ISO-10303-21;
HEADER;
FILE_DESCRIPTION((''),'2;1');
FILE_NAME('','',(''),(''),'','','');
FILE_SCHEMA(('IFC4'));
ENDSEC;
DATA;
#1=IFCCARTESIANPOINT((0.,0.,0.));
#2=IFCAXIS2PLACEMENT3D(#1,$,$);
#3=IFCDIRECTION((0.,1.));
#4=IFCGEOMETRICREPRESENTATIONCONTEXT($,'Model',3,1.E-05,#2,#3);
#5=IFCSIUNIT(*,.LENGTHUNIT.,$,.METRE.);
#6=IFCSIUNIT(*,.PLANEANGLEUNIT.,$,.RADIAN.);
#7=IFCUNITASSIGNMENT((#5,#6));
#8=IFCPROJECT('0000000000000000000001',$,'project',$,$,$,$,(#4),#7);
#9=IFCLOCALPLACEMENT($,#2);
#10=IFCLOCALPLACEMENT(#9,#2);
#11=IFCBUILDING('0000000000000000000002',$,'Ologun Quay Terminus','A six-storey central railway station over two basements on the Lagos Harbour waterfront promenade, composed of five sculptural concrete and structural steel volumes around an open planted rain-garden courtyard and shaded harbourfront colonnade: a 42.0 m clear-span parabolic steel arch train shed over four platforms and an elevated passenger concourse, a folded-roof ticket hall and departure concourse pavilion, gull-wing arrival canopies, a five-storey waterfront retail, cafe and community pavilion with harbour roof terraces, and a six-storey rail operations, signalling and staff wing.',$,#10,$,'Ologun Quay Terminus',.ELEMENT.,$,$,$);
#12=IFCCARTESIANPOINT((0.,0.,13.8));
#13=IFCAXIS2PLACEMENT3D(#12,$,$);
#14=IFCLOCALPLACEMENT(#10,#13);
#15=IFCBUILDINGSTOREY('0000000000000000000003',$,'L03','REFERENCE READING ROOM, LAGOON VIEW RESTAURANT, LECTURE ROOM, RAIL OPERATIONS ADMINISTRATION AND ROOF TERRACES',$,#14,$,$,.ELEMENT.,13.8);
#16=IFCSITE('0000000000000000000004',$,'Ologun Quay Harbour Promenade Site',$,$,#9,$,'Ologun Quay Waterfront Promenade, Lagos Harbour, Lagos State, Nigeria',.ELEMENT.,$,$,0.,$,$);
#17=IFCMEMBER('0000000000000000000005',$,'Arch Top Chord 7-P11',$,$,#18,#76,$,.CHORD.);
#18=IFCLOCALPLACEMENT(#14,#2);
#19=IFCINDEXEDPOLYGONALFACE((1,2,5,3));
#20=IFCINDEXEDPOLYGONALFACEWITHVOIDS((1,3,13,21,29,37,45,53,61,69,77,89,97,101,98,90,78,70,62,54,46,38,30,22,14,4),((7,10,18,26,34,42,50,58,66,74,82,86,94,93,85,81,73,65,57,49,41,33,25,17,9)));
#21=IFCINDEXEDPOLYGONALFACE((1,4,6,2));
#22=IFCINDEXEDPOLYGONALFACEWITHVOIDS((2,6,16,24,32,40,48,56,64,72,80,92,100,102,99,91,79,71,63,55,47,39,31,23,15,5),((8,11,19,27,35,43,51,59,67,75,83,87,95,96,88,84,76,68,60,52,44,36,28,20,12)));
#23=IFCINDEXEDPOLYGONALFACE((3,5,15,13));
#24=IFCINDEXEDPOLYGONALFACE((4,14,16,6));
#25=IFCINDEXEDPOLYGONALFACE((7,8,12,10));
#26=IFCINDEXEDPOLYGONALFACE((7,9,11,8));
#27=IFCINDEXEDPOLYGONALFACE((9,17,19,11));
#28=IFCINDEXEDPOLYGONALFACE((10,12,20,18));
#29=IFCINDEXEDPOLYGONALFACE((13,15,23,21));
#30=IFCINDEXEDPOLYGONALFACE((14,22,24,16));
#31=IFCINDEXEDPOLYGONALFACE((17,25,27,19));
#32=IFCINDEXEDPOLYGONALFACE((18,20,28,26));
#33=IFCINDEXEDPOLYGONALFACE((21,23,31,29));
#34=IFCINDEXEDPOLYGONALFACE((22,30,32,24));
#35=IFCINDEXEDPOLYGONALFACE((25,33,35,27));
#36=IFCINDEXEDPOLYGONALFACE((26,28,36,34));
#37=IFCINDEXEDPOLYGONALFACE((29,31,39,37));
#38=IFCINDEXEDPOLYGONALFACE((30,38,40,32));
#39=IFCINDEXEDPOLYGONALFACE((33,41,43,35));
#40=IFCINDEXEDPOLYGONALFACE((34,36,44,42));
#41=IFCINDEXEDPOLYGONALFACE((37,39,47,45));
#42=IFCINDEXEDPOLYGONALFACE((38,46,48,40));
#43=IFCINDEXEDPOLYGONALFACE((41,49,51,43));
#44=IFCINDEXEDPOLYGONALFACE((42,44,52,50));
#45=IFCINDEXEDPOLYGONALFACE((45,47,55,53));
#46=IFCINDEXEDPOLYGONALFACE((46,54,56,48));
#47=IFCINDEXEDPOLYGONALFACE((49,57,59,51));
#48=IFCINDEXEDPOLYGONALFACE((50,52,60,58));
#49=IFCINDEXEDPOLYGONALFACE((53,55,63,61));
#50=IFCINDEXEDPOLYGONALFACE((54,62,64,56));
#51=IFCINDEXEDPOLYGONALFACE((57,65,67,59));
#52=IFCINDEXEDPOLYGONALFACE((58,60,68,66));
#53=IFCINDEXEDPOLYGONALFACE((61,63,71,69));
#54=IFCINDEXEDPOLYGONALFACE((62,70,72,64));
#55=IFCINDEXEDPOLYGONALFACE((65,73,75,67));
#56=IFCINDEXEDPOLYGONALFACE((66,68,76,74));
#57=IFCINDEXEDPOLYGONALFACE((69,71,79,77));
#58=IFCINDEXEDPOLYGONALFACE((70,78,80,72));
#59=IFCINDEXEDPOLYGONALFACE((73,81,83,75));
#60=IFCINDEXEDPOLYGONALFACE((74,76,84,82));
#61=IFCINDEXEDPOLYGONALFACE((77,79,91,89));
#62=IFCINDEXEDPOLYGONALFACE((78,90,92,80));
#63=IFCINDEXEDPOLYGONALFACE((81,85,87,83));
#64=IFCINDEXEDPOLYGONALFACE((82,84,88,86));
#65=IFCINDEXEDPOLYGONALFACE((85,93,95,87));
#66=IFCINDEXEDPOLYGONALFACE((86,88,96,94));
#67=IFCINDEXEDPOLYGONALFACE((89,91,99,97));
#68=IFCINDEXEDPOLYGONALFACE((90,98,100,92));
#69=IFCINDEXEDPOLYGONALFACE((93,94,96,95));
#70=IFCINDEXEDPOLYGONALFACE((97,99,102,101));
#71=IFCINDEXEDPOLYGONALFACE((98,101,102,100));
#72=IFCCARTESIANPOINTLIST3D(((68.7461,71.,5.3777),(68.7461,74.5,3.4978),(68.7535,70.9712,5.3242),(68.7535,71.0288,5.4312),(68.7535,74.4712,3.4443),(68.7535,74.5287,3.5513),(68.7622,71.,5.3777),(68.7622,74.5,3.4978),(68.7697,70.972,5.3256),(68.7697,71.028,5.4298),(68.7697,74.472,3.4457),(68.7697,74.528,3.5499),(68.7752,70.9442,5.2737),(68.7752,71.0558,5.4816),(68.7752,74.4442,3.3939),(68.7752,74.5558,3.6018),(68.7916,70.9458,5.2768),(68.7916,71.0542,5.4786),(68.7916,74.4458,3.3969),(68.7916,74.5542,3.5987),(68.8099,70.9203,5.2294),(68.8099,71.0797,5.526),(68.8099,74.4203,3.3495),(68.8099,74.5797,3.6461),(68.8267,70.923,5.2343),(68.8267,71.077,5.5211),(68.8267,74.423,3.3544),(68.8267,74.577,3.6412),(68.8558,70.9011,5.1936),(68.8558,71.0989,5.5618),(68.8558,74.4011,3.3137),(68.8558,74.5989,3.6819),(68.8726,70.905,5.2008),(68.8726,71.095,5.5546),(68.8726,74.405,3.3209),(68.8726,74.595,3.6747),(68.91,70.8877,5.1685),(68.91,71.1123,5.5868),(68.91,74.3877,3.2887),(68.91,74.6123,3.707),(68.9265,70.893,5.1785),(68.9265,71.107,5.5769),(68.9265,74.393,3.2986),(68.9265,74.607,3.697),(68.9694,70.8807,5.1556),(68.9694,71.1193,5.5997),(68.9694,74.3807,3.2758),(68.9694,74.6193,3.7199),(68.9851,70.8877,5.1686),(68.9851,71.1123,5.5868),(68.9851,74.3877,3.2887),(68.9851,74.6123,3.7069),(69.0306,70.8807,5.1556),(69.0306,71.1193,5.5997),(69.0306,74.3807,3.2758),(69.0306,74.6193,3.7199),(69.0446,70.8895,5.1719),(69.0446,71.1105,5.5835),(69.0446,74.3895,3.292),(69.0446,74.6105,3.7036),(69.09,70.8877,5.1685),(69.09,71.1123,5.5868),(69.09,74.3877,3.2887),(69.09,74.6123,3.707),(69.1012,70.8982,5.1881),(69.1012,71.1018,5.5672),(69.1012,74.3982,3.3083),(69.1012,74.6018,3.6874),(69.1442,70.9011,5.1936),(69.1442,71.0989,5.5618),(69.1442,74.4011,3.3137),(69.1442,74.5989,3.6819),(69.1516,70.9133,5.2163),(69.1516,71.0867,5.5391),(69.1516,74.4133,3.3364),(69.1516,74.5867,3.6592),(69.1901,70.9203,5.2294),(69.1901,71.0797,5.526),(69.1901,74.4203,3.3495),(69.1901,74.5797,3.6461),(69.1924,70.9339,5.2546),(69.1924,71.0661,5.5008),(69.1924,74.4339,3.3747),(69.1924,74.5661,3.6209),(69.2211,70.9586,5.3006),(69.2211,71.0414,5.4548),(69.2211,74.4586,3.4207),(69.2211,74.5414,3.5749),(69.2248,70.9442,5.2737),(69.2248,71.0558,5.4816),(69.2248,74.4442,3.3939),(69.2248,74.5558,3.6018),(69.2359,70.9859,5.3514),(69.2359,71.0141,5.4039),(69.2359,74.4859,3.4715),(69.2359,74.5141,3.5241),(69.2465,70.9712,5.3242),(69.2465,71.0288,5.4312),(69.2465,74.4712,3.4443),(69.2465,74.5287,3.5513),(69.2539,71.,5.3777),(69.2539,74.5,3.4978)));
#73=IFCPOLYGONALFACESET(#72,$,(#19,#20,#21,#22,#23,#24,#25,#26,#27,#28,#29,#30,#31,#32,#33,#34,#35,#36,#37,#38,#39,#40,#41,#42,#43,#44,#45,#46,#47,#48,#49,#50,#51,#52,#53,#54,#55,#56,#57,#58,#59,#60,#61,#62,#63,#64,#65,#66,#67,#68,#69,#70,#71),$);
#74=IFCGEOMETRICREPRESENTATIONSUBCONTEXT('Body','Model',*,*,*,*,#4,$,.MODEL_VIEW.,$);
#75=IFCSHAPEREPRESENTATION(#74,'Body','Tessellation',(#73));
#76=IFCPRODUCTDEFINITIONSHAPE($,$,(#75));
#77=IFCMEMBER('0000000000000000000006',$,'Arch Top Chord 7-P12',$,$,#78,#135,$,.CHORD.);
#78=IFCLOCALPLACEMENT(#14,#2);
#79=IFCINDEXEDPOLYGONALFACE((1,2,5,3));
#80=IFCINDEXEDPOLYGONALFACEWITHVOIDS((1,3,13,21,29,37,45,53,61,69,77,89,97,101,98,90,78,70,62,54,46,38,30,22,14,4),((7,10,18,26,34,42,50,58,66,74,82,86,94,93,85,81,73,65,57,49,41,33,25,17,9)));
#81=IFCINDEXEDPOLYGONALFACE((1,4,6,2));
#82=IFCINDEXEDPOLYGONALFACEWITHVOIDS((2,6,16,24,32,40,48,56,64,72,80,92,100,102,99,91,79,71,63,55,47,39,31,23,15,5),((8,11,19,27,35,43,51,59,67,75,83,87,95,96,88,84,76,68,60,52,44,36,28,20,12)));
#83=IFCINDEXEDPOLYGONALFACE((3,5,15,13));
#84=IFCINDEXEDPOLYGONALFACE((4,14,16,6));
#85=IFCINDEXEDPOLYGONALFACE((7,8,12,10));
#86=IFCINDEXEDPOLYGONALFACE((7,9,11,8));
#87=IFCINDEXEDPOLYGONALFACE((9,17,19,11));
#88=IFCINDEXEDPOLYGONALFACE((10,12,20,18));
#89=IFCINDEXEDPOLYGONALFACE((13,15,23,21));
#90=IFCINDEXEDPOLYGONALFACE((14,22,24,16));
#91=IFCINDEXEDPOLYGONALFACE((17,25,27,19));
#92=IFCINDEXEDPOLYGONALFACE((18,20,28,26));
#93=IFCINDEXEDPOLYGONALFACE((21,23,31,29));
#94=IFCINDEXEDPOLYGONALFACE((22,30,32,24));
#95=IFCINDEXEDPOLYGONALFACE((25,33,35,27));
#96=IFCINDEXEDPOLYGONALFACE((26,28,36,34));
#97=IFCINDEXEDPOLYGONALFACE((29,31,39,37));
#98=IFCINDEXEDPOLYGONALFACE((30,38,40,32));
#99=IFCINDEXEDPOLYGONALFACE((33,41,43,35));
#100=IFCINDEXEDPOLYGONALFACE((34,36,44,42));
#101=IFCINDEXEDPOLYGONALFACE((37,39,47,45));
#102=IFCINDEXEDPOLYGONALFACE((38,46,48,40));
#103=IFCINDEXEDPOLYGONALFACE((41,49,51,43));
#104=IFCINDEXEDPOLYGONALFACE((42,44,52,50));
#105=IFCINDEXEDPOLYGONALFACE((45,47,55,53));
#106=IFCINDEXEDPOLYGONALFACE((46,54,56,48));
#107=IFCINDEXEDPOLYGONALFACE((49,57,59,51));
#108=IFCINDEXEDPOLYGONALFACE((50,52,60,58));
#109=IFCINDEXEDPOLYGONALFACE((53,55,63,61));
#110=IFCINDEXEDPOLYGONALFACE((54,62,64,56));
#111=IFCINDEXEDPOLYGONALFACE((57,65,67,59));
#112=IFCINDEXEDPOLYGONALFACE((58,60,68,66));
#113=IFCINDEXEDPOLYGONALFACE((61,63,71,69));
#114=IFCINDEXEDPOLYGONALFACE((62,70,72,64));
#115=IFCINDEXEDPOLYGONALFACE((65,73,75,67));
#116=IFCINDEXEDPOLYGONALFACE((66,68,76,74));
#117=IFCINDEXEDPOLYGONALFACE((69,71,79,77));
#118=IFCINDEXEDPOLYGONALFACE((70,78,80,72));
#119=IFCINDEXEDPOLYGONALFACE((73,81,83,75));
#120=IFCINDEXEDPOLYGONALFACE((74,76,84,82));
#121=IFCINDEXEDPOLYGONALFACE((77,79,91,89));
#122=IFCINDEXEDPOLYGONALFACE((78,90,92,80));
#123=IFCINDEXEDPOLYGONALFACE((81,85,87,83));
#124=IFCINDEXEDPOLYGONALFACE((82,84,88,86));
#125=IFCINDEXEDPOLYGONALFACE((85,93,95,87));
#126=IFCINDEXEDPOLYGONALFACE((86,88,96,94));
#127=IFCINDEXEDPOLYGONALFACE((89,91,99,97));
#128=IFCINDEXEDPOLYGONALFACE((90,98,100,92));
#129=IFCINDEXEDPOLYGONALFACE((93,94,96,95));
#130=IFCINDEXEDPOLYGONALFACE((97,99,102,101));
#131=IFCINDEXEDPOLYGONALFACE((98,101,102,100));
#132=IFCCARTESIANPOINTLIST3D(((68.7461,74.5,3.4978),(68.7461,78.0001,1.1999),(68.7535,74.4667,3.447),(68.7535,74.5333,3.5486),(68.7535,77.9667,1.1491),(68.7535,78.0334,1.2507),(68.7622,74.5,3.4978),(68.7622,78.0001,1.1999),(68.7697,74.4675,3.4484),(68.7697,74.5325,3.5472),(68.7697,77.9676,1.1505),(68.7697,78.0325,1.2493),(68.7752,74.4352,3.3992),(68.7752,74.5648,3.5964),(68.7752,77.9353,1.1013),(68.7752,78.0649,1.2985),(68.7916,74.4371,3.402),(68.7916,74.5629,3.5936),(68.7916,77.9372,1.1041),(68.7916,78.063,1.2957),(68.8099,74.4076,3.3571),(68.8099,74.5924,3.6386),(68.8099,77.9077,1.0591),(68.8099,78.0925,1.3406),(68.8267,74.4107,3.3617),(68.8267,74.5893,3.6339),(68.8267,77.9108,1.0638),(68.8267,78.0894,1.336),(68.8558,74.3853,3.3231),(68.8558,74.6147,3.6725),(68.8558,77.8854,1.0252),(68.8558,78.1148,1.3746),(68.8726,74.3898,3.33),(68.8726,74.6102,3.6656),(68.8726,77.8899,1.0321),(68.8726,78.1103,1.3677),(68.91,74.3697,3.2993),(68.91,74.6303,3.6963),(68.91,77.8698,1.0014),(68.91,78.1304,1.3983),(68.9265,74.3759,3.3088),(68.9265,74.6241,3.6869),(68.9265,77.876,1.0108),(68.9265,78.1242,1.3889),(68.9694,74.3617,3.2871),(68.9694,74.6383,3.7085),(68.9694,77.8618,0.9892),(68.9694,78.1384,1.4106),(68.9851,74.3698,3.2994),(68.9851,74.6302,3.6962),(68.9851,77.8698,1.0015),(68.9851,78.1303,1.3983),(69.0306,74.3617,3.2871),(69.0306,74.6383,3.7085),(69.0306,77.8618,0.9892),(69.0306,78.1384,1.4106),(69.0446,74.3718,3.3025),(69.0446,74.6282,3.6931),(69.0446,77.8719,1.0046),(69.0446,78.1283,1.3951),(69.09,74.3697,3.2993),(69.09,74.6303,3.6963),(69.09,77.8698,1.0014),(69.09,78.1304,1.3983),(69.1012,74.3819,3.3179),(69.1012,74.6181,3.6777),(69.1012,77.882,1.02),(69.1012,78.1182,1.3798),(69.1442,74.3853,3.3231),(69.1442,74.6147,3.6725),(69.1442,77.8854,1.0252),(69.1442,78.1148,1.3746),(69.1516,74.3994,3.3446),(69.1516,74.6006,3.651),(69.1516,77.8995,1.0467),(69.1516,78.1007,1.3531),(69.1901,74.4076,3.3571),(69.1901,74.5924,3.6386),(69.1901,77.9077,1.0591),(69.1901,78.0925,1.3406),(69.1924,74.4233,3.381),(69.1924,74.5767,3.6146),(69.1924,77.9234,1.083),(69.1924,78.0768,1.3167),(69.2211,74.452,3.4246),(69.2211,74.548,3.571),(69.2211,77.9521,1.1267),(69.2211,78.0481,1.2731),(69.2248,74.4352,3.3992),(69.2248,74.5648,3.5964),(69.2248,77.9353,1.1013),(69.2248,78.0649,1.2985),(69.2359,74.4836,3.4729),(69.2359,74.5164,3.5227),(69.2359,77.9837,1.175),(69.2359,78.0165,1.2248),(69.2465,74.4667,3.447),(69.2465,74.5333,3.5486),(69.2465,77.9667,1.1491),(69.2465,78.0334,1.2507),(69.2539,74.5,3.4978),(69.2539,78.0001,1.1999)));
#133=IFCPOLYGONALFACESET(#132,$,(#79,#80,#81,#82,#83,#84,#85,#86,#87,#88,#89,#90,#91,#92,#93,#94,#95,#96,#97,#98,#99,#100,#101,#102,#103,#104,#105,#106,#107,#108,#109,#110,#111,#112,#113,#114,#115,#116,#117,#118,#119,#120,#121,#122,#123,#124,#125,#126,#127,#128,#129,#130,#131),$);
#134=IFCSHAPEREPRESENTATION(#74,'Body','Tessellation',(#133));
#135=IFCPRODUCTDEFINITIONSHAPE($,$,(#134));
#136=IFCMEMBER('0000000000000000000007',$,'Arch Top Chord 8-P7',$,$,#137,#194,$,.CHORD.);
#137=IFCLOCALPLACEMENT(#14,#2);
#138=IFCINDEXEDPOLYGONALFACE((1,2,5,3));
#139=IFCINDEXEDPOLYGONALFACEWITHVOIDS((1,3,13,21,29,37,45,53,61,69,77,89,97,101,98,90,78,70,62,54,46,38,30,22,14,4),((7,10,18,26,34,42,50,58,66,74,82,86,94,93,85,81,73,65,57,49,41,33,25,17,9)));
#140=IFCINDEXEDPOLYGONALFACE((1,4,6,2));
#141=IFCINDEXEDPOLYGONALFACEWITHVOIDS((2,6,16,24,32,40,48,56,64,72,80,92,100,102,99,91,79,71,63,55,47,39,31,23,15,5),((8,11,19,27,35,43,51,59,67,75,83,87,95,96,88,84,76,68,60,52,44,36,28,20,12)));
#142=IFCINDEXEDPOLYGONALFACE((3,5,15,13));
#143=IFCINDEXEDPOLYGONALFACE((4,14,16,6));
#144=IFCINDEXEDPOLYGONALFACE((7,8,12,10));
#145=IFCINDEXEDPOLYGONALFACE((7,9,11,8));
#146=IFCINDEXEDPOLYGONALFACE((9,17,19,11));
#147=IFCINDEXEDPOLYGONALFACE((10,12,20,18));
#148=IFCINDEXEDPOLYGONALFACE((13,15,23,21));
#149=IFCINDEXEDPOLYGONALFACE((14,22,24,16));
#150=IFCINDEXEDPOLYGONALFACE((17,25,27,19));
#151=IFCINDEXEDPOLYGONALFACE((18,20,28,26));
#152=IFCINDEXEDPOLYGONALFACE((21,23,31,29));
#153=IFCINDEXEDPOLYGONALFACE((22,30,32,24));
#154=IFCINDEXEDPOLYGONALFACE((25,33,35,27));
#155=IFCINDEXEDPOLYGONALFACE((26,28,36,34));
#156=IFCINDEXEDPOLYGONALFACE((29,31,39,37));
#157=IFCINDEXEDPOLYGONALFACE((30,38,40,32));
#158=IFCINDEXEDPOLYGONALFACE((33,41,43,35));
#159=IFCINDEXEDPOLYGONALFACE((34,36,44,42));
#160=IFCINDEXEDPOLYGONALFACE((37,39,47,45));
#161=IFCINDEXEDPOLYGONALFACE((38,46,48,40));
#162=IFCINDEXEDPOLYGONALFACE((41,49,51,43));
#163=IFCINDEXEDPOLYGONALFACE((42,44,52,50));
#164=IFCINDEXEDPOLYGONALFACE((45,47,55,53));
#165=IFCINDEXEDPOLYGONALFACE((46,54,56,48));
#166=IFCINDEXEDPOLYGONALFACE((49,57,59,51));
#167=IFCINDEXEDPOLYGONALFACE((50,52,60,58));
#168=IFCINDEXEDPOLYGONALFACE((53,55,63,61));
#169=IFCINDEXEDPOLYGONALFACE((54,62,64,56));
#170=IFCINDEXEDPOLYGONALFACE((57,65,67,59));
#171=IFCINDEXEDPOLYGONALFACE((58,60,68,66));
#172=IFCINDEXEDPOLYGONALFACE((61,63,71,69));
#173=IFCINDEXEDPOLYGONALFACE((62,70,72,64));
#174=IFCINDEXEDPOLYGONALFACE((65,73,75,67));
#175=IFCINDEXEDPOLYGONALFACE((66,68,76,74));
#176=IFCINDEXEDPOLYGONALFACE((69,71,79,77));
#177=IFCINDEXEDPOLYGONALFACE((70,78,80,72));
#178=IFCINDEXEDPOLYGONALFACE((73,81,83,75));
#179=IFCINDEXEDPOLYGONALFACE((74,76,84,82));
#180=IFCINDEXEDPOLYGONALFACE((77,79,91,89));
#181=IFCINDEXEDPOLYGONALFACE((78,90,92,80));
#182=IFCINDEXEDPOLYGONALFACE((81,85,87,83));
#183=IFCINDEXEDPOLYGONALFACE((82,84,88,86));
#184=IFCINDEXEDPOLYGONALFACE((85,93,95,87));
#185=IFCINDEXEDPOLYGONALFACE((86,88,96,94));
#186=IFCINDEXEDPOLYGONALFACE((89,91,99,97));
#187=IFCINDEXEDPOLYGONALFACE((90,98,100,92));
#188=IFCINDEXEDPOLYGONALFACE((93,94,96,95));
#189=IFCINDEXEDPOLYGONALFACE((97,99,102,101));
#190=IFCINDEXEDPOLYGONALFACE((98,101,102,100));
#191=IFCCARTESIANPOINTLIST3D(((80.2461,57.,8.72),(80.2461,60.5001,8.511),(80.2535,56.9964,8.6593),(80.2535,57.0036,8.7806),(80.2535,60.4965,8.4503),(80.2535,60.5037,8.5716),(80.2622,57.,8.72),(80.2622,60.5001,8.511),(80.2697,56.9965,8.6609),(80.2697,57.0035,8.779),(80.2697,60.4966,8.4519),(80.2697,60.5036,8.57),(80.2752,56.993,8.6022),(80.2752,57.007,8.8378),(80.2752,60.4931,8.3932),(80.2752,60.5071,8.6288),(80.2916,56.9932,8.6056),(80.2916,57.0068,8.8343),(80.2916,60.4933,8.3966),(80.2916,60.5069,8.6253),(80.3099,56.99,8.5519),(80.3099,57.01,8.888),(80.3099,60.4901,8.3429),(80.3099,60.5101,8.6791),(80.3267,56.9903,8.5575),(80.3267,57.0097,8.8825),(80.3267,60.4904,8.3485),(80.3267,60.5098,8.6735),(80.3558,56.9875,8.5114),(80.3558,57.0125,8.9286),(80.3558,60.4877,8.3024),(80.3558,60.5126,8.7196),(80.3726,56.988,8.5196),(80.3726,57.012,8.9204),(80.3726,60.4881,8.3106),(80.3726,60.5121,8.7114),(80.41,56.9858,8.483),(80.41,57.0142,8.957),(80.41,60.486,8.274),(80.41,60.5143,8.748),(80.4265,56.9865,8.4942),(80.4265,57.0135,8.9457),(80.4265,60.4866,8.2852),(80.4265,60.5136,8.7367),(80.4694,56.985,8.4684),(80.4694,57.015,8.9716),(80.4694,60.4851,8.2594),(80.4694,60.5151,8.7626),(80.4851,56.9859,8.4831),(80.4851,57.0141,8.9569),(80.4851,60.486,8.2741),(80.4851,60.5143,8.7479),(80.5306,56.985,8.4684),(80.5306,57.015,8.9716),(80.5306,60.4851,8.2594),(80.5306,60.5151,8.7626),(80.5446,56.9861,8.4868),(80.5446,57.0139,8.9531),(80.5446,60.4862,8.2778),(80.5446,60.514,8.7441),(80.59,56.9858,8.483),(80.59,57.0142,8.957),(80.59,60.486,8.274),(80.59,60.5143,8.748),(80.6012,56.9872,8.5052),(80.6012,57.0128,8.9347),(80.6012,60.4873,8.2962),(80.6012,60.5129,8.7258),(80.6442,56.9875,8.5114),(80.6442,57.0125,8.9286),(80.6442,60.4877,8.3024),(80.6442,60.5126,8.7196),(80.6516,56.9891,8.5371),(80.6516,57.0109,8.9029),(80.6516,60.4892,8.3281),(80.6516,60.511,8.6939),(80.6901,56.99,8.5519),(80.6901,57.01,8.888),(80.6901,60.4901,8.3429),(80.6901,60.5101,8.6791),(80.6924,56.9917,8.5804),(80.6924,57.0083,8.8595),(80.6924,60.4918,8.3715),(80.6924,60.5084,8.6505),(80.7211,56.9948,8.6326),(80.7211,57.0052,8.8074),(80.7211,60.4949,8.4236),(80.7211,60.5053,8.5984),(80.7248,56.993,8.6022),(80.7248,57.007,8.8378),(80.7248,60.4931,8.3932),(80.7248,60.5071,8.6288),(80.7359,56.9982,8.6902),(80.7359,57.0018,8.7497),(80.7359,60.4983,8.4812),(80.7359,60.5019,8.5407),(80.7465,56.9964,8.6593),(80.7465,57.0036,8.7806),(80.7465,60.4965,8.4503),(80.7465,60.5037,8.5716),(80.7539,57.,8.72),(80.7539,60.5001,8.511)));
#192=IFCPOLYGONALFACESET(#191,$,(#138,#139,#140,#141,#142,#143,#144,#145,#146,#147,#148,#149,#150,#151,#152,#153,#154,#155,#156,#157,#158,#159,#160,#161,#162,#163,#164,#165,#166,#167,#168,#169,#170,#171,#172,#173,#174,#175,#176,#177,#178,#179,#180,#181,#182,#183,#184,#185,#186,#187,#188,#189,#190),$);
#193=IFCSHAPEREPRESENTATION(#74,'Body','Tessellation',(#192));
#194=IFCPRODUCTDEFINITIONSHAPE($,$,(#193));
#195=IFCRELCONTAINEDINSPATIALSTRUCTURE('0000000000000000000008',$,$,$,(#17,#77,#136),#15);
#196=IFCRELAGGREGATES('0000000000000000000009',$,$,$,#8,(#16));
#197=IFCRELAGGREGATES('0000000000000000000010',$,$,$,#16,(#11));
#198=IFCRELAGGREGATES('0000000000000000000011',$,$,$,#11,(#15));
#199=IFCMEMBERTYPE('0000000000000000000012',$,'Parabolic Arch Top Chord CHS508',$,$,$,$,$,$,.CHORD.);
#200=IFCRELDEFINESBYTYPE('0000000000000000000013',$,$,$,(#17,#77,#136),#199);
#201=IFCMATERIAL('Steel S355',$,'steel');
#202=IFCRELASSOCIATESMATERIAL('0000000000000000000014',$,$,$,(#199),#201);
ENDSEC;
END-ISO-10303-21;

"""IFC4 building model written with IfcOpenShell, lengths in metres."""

from ifc_helpers import new_model, si_unit, direction, frame, origin, origin_2d, place, context, subcontext, project, spatial, hollow_circle, extrude, material, material_profile, profile_set, type_object, element, save


model = new_model("IFC4")

# Units and contexts
model_context = context("Model", 3, precision=1e-05, world=origin(), true_north=direction((0.0, 1.0)))
body_context = subcontext(model_context, "Body", "Model", "MODEL_VIEW")
ifc_project = project(units=[si_unit("LENGTHUNIT", "METRE"), si_unit("PLANEANGLEUNIT", "RADIAN")], contexts=[model_context])

# Site, building, storey
site_placement = place(None, origin())
site = spatial("IfcSite", under=ifc_project, at=site_placement, Name="Ologun Quay Harbour Promenade Site", LongName="Ologun Quay Waterfront Promenade, Lagos Harbour, Lagos State, Nigeria", CompositionType="ELEMENT", RefElevation=0.0)
building_placement = place(site_placement, origin())
building = spatial("IfcBuilding", under=site, at=building_placement, Name="Ologun Quay Terminus", Description="A six-storey central railway station over two basements on the Lagos Harbour waterfront promenade, composed of five sculptural concrete and structural steel volumes around an open planted rain-garden courtyard and shaded harbourfront colonnade: a 42.0 m clear-span parabolic steel arch train shed over four platforms and an elevated passenger concourse, a folded-roof ticket hall and departure concourse pavilion, gull-wing arrival canopies, a five-storey waterfront retail, cafe and community pavilion with harbour roof terraces, and a six-storey rail operations, signalling and staff wing.", LongName="Ologun Quay Terminus", CompositionType="ELEMENT")
storey_placement = place(building_placement, frame((0.0, 0.0, 13.8)))
storey = spatial("IfcBuildingStorey", under=building, at=storey_placement, Name="L03", Description="REFERENCE READING ROOM, LAGOON VIEW RESTAURANT, LECTURE ROOM, RAIL OPERATIONS ADMINISTRATION AND ROOF TERRACES", CompositionType="ELEMENT", Elevation=13.8)

# Members
ifc_material_1 = material(Name="Steel S355", Category="steel")
ifc_material_profile_1 = material_profile(ifc_material_1, hollow_circle(Radius=0.2539, WallThickness=0.0161, at=origin_2d()), Name="CHS 508x16")
ifc_profile_set_1 = profile_set([ifc_material_profile_1], Name="Steel S355")
member_type_1 = type_object("IfcMemberType", Name="Parabolic Arch Top Chord CHS508", PredefinedType="CHORD", material=ifc_profile_set_1)
member_1_placement = place(storey_placement, frame((69.0, 71.0, 5.3777), z_axis=(0.0, 0.880968, -0.473176), x_axis=(-1.0, 0.0, 0.0)))
element("IfcMember", 1, at=member_1_placement, inside=storey, type_object=member_type_1, Name="Arch Top Chord 7-P11", PredefinedType="CHORD", context=body_context, shape_type="SweptSolid", body=[
    extrude(hollow_circle(Radius=0.2539, WallThickness=0.0161, at=origin_2d()), origin(), (0.0, 0.0, 1.0), 3.9729),
])
member_2_placement = place(storey_placement, frame((69.0, 74.5, 3.4978), z_axis=(0.0, 0.835941, -0.548819), x_axis=(-1.0, 0.0, 0.0)))
element("IfcMember", 2, at=member_2_placement, inside=storey, type_object=member_type_1, Name="Arch Top Chord 7-P12", PredefinedType="CHORD", context=body_context, shape_type="SweptSolid", body=[
    extrude(hollow_circle(Radius=0.2539, WallThickness=0.0161, at=origin_2d()), origin(), (0.0, 0.0, 1.0), 4.187),
])
member_3_placement = place(storey_placement, frame((80.5, 57.0, 8.72), z_axis=(0.0, 0.998222, -0.059604), x_axis=(-1.0, 0.0, 0.0)))
element("IfcMember", 3, at=member_3_placement, inside=storey, type_object=member_type_1, Name="Arch Top Chord 8-P7", PredefinedType="CHORD", context=body_context, shape_type="SweptSolid", body=[
    extrude(hollow_circle(Radius=0.2539, WallThickness=0.0161, at=origin_2d()), origin(), (0.0, 0.0, 1.0), 3.5063),
])

save(model, "model.ifc")
